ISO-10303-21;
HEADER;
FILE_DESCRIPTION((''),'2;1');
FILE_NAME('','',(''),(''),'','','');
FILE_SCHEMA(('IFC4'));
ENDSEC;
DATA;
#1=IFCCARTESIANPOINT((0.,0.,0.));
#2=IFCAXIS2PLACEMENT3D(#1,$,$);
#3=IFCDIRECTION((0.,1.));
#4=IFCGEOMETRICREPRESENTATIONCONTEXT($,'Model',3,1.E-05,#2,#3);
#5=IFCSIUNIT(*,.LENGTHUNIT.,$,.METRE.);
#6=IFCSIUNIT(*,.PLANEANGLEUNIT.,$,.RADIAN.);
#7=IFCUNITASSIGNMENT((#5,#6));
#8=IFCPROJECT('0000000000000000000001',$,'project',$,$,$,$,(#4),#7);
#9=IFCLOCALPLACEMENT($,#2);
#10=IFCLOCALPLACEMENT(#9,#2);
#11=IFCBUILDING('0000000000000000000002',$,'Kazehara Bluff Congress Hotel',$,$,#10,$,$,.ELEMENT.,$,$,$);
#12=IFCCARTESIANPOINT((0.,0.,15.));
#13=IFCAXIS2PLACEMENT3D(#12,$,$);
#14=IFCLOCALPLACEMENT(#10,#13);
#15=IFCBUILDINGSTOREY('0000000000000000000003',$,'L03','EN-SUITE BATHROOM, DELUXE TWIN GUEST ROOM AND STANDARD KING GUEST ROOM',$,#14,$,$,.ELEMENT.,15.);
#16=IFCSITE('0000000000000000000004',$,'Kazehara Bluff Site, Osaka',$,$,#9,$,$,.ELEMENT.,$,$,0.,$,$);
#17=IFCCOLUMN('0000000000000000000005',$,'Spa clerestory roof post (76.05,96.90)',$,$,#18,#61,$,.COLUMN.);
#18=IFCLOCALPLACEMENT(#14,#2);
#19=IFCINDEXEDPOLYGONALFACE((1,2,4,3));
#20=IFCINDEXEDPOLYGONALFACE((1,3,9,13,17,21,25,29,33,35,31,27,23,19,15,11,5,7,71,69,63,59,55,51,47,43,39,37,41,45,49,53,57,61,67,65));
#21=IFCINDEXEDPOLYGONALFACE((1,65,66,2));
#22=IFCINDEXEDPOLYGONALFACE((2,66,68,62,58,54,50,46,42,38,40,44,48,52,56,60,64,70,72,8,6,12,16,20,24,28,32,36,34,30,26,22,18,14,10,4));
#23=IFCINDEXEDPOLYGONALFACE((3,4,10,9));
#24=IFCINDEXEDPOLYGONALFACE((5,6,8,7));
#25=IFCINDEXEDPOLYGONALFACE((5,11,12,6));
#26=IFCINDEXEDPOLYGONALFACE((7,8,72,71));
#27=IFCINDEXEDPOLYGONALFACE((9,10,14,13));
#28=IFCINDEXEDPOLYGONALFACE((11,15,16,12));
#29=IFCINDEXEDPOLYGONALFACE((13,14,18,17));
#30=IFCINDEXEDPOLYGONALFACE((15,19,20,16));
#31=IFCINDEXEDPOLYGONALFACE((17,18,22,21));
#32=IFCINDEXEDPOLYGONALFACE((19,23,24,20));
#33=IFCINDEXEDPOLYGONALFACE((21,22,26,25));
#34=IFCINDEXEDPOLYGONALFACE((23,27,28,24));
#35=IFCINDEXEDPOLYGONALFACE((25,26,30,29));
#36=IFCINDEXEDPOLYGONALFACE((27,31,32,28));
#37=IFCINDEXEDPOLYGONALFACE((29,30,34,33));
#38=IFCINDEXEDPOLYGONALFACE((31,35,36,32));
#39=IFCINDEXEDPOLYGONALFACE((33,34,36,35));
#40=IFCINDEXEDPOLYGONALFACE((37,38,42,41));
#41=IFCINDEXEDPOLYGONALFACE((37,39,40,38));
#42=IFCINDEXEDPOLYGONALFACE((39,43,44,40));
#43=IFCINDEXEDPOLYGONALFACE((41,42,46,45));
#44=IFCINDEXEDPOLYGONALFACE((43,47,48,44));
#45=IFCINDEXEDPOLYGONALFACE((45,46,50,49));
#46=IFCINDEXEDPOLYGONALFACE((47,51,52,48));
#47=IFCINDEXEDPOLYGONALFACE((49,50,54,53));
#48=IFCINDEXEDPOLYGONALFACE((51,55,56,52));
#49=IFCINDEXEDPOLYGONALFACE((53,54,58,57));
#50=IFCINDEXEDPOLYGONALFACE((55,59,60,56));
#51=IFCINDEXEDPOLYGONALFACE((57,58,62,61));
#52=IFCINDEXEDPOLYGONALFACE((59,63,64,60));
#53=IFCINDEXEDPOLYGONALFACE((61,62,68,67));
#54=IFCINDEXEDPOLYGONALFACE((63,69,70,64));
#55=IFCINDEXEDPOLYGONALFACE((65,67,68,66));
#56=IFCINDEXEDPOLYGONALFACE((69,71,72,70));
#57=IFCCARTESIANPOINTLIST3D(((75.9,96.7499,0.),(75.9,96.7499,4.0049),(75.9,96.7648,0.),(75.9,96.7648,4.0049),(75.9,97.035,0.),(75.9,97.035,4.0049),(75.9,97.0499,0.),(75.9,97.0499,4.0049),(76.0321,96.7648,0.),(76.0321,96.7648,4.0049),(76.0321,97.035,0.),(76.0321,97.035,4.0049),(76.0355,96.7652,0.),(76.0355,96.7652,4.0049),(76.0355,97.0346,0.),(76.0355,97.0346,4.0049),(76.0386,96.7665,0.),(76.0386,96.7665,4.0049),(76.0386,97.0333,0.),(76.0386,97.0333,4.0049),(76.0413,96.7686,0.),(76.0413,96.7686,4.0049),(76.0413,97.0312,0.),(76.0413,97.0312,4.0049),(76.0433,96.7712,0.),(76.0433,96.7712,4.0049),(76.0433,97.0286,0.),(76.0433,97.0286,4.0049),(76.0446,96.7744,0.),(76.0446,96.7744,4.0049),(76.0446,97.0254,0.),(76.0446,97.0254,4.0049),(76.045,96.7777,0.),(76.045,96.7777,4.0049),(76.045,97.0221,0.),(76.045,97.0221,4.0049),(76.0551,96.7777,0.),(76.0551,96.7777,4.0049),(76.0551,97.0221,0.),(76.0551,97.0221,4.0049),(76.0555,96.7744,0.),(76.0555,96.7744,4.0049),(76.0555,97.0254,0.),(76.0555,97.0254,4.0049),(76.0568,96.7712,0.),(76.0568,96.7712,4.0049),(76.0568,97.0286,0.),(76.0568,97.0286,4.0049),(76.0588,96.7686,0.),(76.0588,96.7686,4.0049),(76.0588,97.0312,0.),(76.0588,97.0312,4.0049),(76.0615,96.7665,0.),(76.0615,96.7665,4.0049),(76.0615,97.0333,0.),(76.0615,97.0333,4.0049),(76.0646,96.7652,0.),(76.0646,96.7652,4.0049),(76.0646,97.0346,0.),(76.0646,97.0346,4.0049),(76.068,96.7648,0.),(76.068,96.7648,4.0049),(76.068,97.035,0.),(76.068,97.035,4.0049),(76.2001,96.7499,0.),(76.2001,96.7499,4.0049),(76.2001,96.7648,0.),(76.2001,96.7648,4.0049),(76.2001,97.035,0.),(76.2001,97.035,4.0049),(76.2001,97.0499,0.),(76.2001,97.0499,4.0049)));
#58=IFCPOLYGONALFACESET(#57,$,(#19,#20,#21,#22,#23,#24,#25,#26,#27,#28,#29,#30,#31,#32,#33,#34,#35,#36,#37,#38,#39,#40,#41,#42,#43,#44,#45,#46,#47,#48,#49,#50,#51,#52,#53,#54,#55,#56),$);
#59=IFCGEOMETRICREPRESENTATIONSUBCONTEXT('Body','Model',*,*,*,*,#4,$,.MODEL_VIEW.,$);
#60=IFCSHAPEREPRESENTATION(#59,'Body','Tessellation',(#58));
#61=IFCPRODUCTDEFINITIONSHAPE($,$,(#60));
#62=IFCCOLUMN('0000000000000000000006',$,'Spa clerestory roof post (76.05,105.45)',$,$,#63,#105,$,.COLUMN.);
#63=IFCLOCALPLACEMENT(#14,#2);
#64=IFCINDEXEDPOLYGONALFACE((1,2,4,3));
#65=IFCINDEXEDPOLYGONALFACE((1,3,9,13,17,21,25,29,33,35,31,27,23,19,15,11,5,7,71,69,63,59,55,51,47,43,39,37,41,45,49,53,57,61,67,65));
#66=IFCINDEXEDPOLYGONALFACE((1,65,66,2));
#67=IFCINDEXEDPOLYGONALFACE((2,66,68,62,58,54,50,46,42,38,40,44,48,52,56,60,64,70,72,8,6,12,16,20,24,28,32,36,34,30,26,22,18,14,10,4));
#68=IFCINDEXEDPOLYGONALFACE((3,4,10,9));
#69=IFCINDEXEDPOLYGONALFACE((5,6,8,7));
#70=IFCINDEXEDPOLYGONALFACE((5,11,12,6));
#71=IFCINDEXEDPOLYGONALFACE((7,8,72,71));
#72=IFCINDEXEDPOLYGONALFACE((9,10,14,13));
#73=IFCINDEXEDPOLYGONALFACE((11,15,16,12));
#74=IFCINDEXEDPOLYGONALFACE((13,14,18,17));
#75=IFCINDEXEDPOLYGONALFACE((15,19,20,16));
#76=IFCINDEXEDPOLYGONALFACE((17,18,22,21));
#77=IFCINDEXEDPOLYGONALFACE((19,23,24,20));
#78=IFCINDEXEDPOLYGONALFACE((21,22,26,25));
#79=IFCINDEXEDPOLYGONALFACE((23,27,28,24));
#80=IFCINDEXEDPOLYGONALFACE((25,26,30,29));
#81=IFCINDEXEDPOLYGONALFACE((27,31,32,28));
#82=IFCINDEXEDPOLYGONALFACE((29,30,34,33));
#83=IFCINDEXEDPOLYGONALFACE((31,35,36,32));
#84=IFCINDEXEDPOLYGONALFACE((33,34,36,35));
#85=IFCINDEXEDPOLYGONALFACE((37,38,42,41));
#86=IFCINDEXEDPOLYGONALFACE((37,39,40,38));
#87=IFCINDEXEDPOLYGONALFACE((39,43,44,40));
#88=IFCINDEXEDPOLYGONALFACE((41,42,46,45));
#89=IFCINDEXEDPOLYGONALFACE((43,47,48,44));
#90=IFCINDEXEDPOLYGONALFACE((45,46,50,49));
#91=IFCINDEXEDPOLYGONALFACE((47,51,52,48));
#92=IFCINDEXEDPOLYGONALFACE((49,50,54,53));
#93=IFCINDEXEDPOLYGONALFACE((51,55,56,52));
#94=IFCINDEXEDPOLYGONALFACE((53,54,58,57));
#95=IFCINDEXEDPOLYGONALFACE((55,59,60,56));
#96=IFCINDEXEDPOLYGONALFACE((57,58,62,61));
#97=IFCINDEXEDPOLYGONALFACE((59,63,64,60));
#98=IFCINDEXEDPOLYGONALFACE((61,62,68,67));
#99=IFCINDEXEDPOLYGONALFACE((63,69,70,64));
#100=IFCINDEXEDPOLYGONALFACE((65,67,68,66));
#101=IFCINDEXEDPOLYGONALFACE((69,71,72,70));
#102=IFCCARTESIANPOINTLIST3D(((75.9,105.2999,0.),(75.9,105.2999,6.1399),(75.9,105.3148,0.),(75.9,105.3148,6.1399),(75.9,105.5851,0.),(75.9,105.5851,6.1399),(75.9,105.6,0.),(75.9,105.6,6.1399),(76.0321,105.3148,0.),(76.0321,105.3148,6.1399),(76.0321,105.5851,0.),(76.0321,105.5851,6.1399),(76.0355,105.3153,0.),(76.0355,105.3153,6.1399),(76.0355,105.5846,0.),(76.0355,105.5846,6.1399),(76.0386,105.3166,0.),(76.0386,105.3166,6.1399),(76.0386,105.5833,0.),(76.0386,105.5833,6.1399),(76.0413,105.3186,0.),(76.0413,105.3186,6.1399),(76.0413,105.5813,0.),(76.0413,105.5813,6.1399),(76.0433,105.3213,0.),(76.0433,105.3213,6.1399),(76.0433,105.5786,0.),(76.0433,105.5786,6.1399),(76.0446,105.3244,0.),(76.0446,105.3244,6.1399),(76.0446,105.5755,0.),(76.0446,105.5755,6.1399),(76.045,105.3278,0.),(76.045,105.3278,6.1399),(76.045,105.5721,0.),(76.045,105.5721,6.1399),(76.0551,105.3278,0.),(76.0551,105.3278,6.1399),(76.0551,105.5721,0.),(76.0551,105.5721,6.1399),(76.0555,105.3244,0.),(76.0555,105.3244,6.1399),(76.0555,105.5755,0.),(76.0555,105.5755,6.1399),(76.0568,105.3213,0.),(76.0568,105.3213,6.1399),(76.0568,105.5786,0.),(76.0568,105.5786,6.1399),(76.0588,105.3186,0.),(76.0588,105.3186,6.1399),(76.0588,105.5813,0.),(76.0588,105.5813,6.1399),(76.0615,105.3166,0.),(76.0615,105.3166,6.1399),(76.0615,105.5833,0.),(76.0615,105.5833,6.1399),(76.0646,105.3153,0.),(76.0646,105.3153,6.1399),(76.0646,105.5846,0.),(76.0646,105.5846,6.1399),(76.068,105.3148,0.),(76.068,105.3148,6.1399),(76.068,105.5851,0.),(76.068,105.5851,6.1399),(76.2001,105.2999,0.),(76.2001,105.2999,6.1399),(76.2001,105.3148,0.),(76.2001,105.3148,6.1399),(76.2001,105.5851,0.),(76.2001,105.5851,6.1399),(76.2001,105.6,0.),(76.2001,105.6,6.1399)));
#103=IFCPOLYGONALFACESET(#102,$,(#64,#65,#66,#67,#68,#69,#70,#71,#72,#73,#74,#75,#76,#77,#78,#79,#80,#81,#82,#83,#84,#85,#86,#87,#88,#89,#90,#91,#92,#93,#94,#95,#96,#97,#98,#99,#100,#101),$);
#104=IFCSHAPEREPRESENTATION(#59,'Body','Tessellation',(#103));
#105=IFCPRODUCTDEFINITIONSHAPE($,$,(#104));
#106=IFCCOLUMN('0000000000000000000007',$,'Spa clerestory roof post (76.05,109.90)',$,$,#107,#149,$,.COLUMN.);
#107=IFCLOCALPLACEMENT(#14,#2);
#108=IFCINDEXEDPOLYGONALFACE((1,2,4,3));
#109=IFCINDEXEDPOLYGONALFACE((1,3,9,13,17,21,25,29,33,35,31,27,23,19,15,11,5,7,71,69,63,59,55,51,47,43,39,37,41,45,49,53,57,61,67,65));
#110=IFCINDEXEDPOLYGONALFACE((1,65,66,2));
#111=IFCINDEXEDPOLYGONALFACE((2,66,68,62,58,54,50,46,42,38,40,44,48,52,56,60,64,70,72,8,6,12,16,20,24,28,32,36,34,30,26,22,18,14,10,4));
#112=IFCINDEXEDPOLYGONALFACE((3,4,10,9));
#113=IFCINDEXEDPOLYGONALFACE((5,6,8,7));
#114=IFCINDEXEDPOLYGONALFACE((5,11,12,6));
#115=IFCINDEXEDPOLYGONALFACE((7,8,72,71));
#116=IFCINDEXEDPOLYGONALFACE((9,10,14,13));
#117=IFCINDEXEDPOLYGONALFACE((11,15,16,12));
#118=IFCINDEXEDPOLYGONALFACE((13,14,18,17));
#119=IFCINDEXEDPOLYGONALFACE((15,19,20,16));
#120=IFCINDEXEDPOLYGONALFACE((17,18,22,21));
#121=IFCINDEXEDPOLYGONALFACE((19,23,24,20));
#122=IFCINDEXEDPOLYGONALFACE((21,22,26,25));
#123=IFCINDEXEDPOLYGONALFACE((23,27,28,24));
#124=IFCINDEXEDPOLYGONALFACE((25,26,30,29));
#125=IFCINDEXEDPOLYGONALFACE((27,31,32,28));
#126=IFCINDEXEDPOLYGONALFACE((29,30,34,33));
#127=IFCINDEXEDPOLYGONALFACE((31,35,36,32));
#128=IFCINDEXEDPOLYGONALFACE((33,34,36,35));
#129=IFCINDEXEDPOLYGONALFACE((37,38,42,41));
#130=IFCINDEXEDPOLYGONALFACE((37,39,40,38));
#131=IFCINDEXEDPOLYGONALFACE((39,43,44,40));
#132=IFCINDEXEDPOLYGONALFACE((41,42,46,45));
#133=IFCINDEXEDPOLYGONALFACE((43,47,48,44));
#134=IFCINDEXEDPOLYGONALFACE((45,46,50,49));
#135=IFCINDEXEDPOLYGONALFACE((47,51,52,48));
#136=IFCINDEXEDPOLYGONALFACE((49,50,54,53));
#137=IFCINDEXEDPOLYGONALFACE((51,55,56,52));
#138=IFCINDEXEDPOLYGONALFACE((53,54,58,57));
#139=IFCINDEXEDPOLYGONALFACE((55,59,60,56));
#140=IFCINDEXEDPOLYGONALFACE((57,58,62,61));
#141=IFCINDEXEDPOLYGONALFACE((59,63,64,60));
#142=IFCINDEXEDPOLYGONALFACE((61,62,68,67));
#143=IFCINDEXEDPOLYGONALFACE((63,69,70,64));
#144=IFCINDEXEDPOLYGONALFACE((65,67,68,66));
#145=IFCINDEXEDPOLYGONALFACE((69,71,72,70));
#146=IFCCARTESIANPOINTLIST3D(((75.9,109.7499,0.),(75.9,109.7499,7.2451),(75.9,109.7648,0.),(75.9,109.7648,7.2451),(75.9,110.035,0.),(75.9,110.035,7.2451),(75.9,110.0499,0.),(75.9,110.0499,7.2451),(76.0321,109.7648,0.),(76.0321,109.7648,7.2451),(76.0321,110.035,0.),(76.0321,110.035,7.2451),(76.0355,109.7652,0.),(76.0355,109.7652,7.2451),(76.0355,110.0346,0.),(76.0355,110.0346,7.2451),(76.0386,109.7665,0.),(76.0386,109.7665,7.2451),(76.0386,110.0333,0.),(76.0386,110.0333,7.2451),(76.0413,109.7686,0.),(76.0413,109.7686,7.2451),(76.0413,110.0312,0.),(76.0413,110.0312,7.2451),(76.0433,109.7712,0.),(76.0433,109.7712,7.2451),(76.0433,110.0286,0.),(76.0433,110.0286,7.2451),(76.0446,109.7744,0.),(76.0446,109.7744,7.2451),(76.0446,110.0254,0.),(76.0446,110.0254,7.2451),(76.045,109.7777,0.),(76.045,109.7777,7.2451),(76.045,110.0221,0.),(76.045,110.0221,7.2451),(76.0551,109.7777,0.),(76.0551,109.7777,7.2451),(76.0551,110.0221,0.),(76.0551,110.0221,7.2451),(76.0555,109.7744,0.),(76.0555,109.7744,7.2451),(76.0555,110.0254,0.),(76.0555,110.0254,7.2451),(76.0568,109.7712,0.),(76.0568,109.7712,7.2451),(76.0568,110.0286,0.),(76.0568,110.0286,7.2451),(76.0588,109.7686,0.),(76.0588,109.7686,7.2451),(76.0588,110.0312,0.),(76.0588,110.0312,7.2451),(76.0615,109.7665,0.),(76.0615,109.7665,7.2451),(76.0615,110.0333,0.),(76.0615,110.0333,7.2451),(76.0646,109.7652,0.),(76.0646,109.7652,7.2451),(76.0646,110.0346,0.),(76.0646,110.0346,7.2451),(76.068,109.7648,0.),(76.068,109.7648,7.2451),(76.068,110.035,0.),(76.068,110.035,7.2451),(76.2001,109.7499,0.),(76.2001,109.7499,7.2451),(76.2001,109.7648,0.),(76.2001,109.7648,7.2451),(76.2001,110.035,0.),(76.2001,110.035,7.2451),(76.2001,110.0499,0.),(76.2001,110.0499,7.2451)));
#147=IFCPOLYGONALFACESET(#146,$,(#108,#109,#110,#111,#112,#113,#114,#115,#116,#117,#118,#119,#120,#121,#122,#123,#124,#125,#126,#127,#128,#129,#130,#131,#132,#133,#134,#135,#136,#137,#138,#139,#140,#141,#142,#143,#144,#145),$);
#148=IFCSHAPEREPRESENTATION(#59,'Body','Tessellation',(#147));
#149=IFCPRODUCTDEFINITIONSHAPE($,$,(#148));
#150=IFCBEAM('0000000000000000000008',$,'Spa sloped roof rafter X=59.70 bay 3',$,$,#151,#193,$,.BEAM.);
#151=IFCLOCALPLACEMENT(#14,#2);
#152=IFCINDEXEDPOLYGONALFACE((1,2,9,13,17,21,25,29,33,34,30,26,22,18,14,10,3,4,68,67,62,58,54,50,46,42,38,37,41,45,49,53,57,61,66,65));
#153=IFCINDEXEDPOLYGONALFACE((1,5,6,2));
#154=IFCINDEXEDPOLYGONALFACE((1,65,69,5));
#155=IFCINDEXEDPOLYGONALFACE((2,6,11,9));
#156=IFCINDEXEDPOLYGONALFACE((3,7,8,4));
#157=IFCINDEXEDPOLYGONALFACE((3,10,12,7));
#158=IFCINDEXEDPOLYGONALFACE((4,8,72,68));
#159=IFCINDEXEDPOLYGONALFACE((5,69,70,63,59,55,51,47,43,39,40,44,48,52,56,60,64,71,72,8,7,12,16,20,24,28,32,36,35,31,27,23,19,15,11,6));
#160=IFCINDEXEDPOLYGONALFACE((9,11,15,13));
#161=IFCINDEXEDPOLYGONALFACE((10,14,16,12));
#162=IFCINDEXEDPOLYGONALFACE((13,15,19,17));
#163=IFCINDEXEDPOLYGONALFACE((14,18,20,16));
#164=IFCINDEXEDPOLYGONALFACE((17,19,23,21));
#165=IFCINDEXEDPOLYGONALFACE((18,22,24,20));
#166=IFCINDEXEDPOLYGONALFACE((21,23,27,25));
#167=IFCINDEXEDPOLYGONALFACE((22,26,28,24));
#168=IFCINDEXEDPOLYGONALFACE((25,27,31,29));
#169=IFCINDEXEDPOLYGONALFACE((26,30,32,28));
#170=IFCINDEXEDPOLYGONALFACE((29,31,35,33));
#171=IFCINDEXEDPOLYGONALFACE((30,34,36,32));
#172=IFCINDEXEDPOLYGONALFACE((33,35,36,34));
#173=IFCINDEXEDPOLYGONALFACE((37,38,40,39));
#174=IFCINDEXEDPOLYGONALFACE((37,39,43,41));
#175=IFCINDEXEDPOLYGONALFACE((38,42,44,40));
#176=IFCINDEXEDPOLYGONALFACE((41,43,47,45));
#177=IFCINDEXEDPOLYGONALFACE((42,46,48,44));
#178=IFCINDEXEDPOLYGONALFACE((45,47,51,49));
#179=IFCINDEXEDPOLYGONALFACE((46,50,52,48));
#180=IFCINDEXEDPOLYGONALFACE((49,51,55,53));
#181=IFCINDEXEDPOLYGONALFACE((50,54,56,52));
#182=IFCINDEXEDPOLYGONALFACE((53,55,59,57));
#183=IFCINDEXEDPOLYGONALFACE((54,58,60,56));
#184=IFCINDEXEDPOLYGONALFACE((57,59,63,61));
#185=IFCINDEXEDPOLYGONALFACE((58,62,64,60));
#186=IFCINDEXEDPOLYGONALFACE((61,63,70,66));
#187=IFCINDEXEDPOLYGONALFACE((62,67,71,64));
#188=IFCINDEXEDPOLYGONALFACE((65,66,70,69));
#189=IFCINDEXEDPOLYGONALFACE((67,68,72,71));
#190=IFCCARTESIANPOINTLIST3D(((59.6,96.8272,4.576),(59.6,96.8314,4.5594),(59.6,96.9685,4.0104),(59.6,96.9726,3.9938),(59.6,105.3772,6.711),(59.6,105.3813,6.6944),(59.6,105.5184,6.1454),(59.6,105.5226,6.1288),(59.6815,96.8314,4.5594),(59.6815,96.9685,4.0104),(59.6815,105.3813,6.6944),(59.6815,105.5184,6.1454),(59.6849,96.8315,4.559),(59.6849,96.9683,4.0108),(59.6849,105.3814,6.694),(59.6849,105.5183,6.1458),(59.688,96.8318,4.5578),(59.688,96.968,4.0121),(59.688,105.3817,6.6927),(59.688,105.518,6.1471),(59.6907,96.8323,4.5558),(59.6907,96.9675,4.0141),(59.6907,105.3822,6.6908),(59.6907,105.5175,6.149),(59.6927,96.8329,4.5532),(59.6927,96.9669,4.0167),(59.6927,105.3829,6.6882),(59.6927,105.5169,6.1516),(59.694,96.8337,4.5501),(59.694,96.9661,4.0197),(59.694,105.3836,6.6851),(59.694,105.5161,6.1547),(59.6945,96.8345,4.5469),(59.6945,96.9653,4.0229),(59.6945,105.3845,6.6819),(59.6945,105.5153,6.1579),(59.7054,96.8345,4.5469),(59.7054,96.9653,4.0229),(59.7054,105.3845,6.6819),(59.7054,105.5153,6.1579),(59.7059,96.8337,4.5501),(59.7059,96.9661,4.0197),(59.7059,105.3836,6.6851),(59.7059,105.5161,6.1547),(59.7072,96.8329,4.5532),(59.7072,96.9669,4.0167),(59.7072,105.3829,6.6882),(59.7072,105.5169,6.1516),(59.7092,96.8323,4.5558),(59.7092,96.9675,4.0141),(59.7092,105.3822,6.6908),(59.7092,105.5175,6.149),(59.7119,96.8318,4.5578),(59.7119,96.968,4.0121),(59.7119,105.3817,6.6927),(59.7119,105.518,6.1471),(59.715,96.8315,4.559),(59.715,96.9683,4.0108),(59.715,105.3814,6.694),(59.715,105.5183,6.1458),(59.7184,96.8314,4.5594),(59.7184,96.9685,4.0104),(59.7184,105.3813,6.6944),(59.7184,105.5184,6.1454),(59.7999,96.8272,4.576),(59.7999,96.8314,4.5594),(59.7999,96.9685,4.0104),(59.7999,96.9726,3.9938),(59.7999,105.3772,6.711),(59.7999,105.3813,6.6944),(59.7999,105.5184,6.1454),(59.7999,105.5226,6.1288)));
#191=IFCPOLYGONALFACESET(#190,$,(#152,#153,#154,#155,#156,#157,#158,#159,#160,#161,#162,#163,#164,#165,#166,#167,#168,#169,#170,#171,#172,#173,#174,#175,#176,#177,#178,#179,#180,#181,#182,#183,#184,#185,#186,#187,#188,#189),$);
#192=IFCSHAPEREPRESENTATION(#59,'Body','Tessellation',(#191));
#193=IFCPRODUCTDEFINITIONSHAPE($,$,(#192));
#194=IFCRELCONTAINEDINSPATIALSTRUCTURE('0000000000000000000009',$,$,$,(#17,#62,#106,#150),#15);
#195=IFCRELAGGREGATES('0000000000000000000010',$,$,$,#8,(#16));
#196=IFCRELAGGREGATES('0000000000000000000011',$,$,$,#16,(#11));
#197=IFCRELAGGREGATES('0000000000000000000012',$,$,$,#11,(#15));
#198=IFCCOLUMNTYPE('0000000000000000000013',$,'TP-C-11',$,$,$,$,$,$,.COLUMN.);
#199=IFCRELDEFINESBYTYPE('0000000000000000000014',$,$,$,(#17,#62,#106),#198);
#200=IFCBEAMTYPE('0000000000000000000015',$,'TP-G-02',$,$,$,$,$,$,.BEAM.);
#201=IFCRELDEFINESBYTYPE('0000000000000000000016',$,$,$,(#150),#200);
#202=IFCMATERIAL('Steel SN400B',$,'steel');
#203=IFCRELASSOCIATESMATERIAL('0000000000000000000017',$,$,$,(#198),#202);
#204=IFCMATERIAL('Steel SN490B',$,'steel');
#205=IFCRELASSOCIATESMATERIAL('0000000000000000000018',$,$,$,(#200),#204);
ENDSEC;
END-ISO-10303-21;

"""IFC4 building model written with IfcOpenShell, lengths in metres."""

from ifc_helpers import new_model, si_unit, direction, frame, origin, origin_2d, place, context, subcontext, project, spatial, i_section, extrude, material, material_profile, profile_set, type_object, element, save


model = new_model("IFC4")

# Units and contexts
model_context = context("Model", 3, precision=1e-05, world=origin(), true_north=direction((0.0, 1.0)))
body_context = subcontext(model_context, "Body", "Model", "MODEL_VIEW")
ifc_project = project(units=[si_unit("LENGTHUNIT", "METRE"), si_unit("PLANEANGLEUNIT", "RADIAN")], contexts=[model_context])

# Site, building, storey
site_placement = place(None, origin())
site = spatial("IfcSite", under=ifc_project, at=site_placement, Name="Kazehara Bluff Site, Osaka", CompositionType="ELEMENT", RefElevation=0.0)
building_placement = place(site_placement, origin())
building = spatial("IfcBuilding", under=site, at=building_placement, Name="Kazehara Bluff Congress Hotel", CompositionType="ELEMENT")
storey_placement = place(building_placement, frame((0.0, 0.0, 15.0)))
storey = spatial("IfcBuildingStorey", under=building, at=storey_placement, Name="L03", Description="EN-SUITE BATHROOM, DELUXE TWIN GUEST ROOM AND STANDARD KING GUEST ROOM", CompositionType="ELEMENT", Elevation=15.0)

# Columns
ifc_material_1 = material(Name="Steel SN400B", Category="steel")
ifc_material_profile_1 = material_profile(ifc_material_1, i_section(OverallWidth=0.3, OverallDepth=0.3, WebThickness=0.01, FlangeThickness=0.0149, FilletRadius=0.0129, at=origin_2d()))
ifc_profile_set_1 = profile_set([ifc_material_profile_1], Name="Steel SN400B")
column_type_1 = type_object("IfcColumnType", Name="TP-C-11", PredefinedType="COLUMN", material=ifc_profile_set_1)
column_1_placement = place(storey_placement, frame((76.05, 96.8999, 0.0), z_axis=(0.0, 0.0, 1.0), x_axis=(1.0, 0.0, 0.0)))
element("IfcColumn", 1, at=column_1_placement, inside=storey, type_object=column_type_1, Name="Spa clerestory roof post (76.05,96.90)", PredefinedType="COLUMN", context=body_context, shape_type="SweptSolid", body=[
    extrude(i_section(OverallWidth=0.3, OverallDepth=0.3, WebThickness=0.01, FlangeThickness=0.0149, FilletRadius=0.0129, at=origin_2d()), origin(), (0.0, 0.0, 1.0), 4.0049),
])
column_2_placement = place(storey_placement, frame((76.05, 105.45, 0.0), z_axis=(0.0, 0.0, 1.0), x_axis=(1.0, 0.0, 0.0)))
element("IfcColumn", 2, at=column_2_placement, inside=storey, type_object=column_type_1, Name="Spa clerestory roof post (76.05,105.45)", PredefinedType="COLUMN", context=body_context, shape_type="SweptSolid", body=[
    extrude(i_section(OverallWidth=0.3, OverallDepth=0.3, WebThickness=0.01, FlangeThickness=0.0149, FilletRadius=0.0129, at=origin_2d()), origin(), (0.0, 0.0, 1.0), 6.1399),
])
column_3_placement = place(storey_placement, frame((76.05, 109.8999, 0.0), z_axis=(0.0, 0.0, 1.0), x_axis=(1.0, 0.0, 0.0)))
element("IfcColumn", 3, at=column_3_placement, inside=storey, type_object=column_type_1, Name="Spa clerestory roof post (76.05,109.90)", PredefinedType="COLUMN", context=body_context, shape_type="SweptSolid", body=[
    extrude(i_section(OverallWidth=0.3, OverallDepth=0.3, WebThickness=0.01, FlangeThickness=0.0149, FilletRadius=0.0129, at=origin_2d()), origin(), (0.0, 0.0, 1.0), 7.2451),
])

# Beam
ifc_material_2 = material(Name="Steel SN490B", Category="steel")
ifc_material_profile_2 = material_profile(ifc_material_2, i_section(OverallWidth=0.2, OverallDepth=0.6001, WebThickness=0.011, FlangeThickness=0.0171, FilletRadius=0.0129, at=origin_2d()))
ifc_profile_set_2 = profile_set([ifc_material_profile_2], Name="Steel SN490B")
beam_type_1 = type_object("IfcBeamType", Name="TP-G-02", PredefinedType="BEAM", material=ifc_profile_set_2)
beam_1_placement = place(storey_placement, frame((59.7, 96.8999, 4.2849), z_axis=(0.0, 0.970209, 0.242268), x_axis=(-1.0, 0.0, 0.0)))
element("IfcBeam", 4, at=beam_1_placement, inside=storey, type_object=beam_type_1, Name="Spa sloped roof rafter X=59.70 bay 3", PredefinedType="BEAM", context=body_context, shape_type="SweptSolid", body=[
    extrude(i_section(OverallWidth=0.2, OverallDepth=0.6001, WebThickness=0.011, FlangeThickness=0.0171, FilletRadius=0.0129, at=origin_2d()), origin(), (0.0, 0.0, 1.0), 8.8125),
])

save(model, "model.ifc")
